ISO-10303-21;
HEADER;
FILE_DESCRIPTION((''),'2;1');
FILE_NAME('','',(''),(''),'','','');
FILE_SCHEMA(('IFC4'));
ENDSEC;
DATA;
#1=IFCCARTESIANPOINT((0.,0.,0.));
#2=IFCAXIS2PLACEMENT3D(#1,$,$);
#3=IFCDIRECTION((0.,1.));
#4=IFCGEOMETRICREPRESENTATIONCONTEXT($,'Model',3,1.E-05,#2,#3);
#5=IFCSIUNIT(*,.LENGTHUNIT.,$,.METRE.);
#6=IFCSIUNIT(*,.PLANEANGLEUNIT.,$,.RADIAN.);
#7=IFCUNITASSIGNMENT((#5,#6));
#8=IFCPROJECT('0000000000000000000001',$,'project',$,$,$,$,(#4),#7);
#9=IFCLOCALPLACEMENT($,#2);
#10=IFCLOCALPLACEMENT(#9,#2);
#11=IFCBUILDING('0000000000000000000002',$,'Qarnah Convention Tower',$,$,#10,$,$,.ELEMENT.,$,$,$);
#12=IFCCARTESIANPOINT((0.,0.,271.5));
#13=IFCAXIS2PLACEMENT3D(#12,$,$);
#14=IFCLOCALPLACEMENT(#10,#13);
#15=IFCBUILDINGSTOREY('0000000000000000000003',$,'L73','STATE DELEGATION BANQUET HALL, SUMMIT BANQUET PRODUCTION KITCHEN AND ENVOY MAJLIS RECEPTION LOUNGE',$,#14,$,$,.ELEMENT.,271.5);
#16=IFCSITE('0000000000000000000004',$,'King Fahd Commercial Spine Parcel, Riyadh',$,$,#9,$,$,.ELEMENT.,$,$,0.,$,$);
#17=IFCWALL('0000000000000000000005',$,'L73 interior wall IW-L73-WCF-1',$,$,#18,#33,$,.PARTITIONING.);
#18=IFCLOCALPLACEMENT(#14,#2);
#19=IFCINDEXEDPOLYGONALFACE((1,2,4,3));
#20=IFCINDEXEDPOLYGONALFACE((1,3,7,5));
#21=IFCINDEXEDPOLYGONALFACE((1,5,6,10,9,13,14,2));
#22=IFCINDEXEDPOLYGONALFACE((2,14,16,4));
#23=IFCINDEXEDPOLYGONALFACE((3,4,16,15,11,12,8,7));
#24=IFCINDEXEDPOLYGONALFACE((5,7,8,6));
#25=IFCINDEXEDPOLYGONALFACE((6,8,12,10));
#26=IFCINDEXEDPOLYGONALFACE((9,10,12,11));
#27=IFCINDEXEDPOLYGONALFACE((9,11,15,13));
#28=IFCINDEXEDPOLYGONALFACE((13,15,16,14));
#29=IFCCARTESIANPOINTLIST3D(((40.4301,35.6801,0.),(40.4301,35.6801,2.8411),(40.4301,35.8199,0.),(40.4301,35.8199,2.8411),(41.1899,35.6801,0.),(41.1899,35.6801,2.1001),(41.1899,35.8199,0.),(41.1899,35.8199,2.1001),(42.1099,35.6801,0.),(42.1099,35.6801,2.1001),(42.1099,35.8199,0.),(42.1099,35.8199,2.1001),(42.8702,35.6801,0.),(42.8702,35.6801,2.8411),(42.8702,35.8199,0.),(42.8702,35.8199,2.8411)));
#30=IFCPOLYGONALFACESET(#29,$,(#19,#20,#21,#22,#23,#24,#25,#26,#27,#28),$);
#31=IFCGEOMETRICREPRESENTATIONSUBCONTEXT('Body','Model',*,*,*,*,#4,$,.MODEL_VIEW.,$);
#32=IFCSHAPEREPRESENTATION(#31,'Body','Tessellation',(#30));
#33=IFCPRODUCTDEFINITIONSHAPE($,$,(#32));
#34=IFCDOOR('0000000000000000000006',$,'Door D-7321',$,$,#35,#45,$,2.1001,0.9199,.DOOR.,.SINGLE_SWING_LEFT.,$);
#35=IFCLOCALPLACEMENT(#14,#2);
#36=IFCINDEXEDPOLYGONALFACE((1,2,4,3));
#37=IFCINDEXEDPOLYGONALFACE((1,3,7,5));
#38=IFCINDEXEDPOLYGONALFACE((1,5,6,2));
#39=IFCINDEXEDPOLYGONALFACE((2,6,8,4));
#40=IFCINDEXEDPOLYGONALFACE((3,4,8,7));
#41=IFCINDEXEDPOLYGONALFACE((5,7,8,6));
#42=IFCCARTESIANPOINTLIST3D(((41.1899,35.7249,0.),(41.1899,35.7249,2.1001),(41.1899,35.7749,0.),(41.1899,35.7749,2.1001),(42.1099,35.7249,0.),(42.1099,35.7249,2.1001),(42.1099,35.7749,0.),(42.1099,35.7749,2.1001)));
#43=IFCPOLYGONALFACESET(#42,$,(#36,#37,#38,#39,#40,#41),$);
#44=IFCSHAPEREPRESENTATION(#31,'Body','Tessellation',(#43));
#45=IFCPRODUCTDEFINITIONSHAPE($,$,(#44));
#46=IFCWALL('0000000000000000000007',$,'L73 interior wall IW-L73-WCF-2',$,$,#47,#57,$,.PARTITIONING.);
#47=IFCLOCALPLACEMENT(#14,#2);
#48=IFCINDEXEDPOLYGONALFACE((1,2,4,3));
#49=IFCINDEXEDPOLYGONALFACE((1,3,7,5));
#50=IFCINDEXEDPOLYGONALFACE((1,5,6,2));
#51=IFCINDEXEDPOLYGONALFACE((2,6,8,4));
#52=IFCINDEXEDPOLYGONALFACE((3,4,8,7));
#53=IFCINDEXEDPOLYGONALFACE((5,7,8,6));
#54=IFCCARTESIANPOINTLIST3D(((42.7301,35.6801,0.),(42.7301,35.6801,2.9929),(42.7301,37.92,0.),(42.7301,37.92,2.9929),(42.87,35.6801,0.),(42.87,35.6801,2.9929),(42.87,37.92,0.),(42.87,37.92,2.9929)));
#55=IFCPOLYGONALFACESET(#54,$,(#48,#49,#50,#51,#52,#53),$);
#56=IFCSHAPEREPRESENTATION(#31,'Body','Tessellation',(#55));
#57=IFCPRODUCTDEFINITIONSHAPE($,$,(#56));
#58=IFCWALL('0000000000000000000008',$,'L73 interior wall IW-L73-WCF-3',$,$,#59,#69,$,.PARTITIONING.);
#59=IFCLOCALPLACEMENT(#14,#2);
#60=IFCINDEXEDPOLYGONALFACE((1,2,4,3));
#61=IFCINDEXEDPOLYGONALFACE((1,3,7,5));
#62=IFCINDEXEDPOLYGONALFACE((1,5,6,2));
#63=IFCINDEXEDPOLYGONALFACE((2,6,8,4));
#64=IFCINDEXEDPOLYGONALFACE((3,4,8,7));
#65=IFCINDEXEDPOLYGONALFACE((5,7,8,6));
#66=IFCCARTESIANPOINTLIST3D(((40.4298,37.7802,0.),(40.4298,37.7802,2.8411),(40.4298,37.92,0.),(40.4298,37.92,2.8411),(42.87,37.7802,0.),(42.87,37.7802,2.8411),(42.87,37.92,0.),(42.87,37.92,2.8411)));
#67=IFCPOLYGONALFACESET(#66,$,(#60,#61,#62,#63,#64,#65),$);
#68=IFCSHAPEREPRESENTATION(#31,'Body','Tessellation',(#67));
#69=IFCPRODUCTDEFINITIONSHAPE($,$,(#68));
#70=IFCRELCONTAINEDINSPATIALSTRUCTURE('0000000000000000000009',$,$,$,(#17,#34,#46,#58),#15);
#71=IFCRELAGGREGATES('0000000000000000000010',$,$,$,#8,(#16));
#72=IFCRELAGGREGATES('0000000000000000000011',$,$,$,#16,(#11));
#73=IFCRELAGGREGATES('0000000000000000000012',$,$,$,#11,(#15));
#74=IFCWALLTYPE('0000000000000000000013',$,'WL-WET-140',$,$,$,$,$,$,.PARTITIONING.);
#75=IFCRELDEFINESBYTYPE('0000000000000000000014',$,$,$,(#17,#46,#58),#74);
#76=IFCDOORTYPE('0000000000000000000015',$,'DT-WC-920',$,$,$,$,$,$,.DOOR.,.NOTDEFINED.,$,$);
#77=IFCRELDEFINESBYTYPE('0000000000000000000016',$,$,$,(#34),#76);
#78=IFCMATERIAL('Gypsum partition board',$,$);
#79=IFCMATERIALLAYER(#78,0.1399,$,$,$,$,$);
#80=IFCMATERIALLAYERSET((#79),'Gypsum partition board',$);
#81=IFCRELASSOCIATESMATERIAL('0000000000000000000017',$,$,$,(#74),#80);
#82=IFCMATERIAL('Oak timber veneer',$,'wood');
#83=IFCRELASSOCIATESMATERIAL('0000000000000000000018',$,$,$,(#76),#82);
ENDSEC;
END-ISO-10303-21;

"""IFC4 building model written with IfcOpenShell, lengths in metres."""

from ifc_helpers import new_model, si_unit, direction, frame, frame_2d, origin, place, context, subcontext, project, spatial, rectangle, extrude, material, layer, layer_set, type_object, element, fill, save


model = new_model("IFC4")

# Units and contexts
model_context = context("Model", 3, precision=1e-05, world=origin(), true_north=direction((0.0, 1.0)))
body_context = subcontext(model_context, "Body", "Model", "MODEL_VIEW")
ifc_project = project(units=[si_unit("LENGTHUNIT", "METRE"), si_unit("PLANEANGLEUNIT", "RADIAN")], contexts=[model_context])

# Site, building, storey
site_placement = place(None, origin())
site = spatial("IfcSite", under=ifc_project, at=site_placement, Name="King Fahd Commercial Spine Parcel, Riyadh", CompositionType="ELEMENT", RefElevation=0.0)
building_placement = place(site_placement, origin())
building = spatial("IfcBuilding", under=site, at=building_placement, Name="Qarnah Convention Tower", CompositionType="ELEMENT")
storey_placement = place(building_placement, frame((0.0, 0.0, 271.5)))
storey = spatial("IfcBuildingStorey", under=building, at=storey_placement, Name="L73", Description="STATE DELEGATION BANQUET HALL, SUMMIT BANQUET PRODUCTION KITCHEN AND ENVOY MAJLIS RECEPTION LOUNGE", CompositionType="ELEMENT", Elevation=271.5)

# Shared definitions
ifc_material_1 = material(Name="Gypsum partition board")

# Shared definitions
ifc_material_2 = material(Name="Oak timber veneer", Category="wood")
ifc_layer_1 = layer(ifc_material_1, 0.1399)
ifc_layer_set_1 = layer_set([ifc_layer_1], Name="Gypsum partition board")
wall_type_1 = type_object("IfcWallType", Name="WL-WET-140", PredefinedType="PARTITIONING", material=ifc_layer_set_1)
door_type_1 = type_object("IfcDoorType", Name="DT-WC-920", OperationType="NOTDEFINED", PredefinedType="DOOR", material=ifc_material_2)

# Wall, opening, door
wall_1_placement = place(storey_placement, frame((40.4299, 35.75, 0.0), z_axis=(0.0, 0.0, 1.0), x_axis=(1.0, 0.0, 0.0)))
wall_1 = element("IfcWall", 1, at=wall_1_placement, inside=storey, type_object=wall_type_1, Name="L73 interior wall IW-L73-WCF-1", PredefinedType="PARTITIONING", context=body_context, shape_type="SweptSolid", body=[
    extrude(rectangle(XDim=2.4402, YDim=0.1399, at=frame_2d((1.2202, 0.0))), origin(), (0.0, 0.0, 1.0), 2.8411),
])
opening_1_placement = place(wall_1_placement, frame((0.76, 0.0, 0.0)))
opening_1 = element("IfcOpeningElement", 2, at=opening_1_placement, cuts=wall_1, PredefinedType="OPENING", context=body_context, shape_type="SweptSolid", body=[
    extrude(rectangle(XDim=0.9199, YDim=2.1001, at=frame_2d((0.46, 1.05))), frame((0.0, 0.0798, 0.0), z_axis=(0.0, -1.0, 0.0), x_axis=(1.0, 0.0, 0.0)), (0.0, 0.0, 1.0), 0.1599),
])
door_1_placement = place(opening_1_placement, origin())
door_1 = element("IfcDoor", 3, at=door_1_placement, inside=storey, type_object=door_type_1, Name="Door D-7321", OperationType="SINGLE_SWING_LEFT", OverallHeight=2.1001, OverallWidth=0.9199, PredefinedType="DOOR", context=body_context, shape_type="SweptSolid", body=[
    extrude(rectangle(XDim=0.9199, YDim=2.1001, at=frame_2d((0.46, 1.05))), frame((0.0, 0.0249, 0.0), z_axis=(0.0, -1.0, 0.0), x_axis=(1.0, 0.0, 0.0)), (0.0, 0.0, 1.0), 0.05),
])
fill(opening_1, door_1)

# Walls
wall_2_placement = place(storey_placement, frame((42.8, 35.6799, 0.0), z_axis=(0.0, 0.0, 1.0), x_axis=(0.0, 1.0, 0.0)))
element("IfcWall", 4, at=wall_2_placement, inside=storey, type_object=wall_type_1, Name="L73 interior wall IW-L73-WCF-2", PredefinedType="PARTITIONING", context=body_context, shape_type="SweptSolid", body=[
    extrude(rectangle(XDim=2.24, YDim=0.1399, at=frame_2d((1.1201, 0.0))), origin(), (0.0, 0.0, 1.0), 2.9929),
])
wall_3_placement = place(storey_placement, frame((42.8701, 37.8501, 0.0), z_axis=(0.0, 0.0, 1.0), x_axis=(-1.0, 0.0, 0.0)))
element("IfcWall", 5, at=wall_3_placement, inside=storey, type_object=wall_type_1, Name="L73 interior wall IW-L73-WCF-3", PredefinedType="PARTITIONING", context=body_context, shape_type="SweptSolid", body=[
    extrude(rectangle(XDim=2.4402, YDim=0.1399, at=frame_2d((1.2202, 0.0))), origin(), (0.0, 0.0, 1.0), 2.8411),
])

save(model, "model.ifc")
